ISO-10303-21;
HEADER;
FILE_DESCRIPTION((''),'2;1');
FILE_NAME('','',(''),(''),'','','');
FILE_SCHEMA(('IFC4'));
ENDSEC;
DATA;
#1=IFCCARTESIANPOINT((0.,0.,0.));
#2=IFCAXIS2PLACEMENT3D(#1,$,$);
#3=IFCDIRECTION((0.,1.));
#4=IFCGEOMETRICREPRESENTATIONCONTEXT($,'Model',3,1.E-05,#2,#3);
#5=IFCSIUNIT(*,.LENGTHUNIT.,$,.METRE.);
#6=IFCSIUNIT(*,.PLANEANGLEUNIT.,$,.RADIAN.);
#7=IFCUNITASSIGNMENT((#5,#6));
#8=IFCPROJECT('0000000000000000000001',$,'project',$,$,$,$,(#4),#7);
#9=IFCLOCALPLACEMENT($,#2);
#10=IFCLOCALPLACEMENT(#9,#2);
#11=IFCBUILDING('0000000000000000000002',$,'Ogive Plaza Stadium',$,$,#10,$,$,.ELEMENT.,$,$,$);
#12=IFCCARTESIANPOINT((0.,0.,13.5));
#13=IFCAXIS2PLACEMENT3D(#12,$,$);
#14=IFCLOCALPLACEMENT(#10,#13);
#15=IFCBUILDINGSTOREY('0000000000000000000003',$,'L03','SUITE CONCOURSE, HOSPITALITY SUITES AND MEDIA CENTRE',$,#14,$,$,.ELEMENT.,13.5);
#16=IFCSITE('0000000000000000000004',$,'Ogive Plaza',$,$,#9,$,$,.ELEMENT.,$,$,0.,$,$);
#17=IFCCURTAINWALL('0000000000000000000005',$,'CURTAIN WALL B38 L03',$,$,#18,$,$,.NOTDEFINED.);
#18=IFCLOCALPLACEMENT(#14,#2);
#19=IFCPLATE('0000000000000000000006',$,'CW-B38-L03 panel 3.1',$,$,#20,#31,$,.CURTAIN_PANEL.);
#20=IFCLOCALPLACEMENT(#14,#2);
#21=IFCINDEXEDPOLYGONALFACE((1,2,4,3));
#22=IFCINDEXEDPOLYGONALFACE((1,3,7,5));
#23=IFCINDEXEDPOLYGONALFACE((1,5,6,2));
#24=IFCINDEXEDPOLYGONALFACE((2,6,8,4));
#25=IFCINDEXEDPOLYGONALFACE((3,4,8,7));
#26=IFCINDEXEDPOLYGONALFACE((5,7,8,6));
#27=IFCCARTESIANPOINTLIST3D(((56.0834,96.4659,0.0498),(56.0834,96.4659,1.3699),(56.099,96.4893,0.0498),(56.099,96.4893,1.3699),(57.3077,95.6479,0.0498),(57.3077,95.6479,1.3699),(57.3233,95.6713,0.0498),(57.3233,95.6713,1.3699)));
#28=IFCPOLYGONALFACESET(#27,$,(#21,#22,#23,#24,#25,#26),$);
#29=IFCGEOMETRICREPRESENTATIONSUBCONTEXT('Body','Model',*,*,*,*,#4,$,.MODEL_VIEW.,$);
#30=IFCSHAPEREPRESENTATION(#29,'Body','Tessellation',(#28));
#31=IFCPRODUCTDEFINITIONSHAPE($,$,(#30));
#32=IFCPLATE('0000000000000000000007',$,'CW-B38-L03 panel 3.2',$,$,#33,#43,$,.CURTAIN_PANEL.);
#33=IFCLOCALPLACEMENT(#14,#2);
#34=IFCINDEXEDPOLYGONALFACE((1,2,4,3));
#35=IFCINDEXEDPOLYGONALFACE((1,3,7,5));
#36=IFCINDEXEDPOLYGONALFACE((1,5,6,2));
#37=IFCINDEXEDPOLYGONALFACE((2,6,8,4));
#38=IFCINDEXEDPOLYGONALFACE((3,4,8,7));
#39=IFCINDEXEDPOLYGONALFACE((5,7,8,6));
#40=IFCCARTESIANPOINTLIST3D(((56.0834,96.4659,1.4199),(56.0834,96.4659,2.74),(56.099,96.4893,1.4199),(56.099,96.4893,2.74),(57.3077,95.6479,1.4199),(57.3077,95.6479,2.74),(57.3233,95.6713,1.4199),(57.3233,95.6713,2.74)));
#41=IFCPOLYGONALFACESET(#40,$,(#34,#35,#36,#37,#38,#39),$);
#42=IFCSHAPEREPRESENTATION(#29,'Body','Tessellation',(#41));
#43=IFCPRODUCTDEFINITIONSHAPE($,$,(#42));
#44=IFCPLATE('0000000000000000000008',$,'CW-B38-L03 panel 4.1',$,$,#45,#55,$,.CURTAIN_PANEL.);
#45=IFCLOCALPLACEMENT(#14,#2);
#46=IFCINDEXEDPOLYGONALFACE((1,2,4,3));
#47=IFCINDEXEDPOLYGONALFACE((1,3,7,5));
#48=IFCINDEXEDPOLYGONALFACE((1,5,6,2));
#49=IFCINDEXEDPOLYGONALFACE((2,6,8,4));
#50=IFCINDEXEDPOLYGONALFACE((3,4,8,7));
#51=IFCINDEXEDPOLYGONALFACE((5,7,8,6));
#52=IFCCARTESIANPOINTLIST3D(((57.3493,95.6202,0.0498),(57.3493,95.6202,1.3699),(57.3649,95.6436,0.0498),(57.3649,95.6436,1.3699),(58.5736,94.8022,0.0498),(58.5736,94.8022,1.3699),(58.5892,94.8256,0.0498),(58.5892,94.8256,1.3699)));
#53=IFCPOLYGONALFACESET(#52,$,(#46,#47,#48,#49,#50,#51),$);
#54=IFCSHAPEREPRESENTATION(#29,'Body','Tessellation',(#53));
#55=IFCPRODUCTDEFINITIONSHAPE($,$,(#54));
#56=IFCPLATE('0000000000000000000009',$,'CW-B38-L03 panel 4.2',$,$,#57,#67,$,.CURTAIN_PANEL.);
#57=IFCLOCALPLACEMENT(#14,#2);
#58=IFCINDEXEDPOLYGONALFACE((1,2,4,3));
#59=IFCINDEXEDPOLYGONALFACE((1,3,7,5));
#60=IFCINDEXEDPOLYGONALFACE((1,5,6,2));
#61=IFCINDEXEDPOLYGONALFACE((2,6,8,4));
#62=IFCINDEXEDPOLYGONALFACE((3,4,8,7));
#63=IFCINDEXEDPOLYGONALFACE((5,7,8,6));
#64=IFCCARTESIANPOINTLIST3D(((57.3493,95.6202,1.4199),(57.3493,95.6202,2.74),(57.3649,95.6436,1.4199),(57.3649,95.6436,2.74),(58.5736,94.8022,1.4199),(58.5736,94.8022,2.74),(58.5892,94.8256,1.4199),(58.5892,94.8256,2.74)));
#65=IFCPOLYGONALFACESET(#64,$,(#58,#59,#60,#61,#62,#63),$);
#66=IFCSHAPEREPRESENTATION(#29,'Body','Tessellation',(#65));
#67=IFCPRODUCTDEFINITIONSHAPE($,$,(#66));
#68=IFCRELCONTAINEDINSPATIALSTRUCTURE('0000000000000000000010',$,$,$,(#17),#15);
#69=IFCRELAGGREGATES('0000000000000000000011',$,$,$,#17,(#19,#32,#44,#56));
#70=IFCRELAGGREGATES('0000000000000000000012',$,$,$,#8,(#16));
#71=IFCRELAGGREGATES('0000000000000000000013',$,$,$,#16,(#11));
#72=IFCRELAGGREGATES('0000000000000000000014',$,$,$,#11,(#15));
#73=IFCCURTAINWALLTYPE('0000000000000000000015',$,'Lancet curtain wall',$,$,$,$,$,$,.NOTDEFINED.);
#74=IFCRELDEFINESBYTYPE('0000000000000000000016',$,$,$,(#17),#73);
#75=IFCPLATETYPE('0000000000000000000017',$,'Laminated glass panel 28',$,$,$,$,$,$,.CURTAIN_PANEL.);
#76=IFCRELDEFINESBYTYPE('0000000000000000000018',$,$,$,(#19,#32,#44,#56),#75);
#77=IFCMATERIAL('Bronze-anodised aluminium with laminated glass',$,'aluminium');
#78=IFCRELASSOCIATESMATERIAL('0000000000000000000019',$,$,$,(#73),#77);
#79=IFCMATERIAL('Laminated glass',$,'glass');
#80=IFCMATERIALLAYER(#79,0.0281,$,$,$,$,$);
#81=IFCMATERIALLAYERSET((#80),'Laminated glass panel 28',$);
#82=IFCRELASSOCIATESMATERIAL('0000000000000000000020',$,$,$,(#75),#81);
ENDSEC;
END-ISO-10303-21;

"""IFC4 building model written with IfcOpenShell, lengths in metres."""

from ifc_helpers import new_model, si_unit, direction, frame, origin, origin_2d, place, context, subcontext, project, spatial, rectangle, extrude, material, layer, layer_set, type_object, element, aggregate, save


model = new_model("IFC4")

# Units and contexts
model_context = context("Model", 3, precision=1e-05, world=origin(), true_north=direction((0.0, 1.0)))
body_context = subcontext(model_context, "Body", "Model", "MODEL_VIEW")
ifc_project = project(units=[si_unit("LENGTHUNIT", "METRE"), si_unit("PLANEANGLEUNIT", "RADIAN")], contexts=[model_context])

# Site, building, storey
site_placement = place(None, origin())
site = spatial("IfcSite", under=ifc_project, at=site_placement, Name="Ogive Plaza", CompositionType="ELEMENT", RefElevation=0.0)
building_placement = place(site_placement, origin())
building = spatial("IfcBuilding", under=site, at=building_placement, Name="Ogive Plaza Stadium", CompositionType="ELEMENT")
storey_placement = place(building_placement, frame((0.0, 0.0, 13.5)))
storey = spatial("IfcBuildingStorey", under=building, at=storey_placement, Name="L03", Description="SUITE CONCOURSE, HOSPITALITY SUITES AND MEDIA CENTRE", CompositionType="ELEMENT", Elevation=13.5)

# Shared definitions
ifc_material_1 = material(Name="Bronze-anodised aluminium with laminated glass", Category="aluminium")
curtain_wall_type = type_object("IfcCurtainWallType", Name="Lancet curtain wall", PredefinedType="NOTDEFINED", material=ifc_material_1)

# Curtain wall
curtain_wall_1_placement = place(storey_placement, origin())
curtain_wall_1 = element("IfcCurtainWall", 1, at=curtain_wall_1_placement, inside=storey, type_object=curtain_wall_type, Name="CURTAIN WALL B38 L03", PredefinedType="NOTDEFINED")

# Plates
ifc_material_2 = material(Name="Laminated glass", Category="glass")
ifc_layer = layer(ifc_material_2, 0.0281)
ifc_layer_set = layer_set([ifc_layer], Name="Laminated glass panel 28")
plate_type = type_object("IfcPlateType", Name="Laminated glass panel 28", PredefinedType="CURTAIN_PANEL", material=ifc_layer_set)
plate_1_placement = place(storey_placement, frame((56.7034, 96.0686, 0.0498), z_axis=(0.0, 0.0, 1.0), x_axis=(0.83147, -0.55557, 0.0)))
plate_1 = element("IfcPlate", 2, at=plate_1_placement, type_object=plate_type, Name="CW-B38-L03 panel 3.1", PredefinedType="CURTAIN_PANEL", context=body_context, shape_type="SweptSolid", body=[
    extrude(rectangle(XDim=1.4724, YDim=0.0281, at=origin_2d()), origin(), (0.0, 0.0, 1.0), 1.3201),
])
plate_2_placement = place(storey_placement, frame((56.7034, 96.0686, 1.4199), z_axis=(0.0, 0.0, 1.0), x_axis=(0.83147, -0.55557, 0.0)))
plate_2 = element("IfcPlate", 3, at=plate_2_placement, type_object=plate_type, Name="CW-B38-L03 panel 3.2", PredefinedType="CURTAIN_PANEL", context=body_context, shape_type="SweptSolid", body=[
    extrude(rectangle(XDim=1.4724, YDim=0.0281, at=origin_2d()), origin(), (0.0, 0.0, 1.0), 1.3201),
])
plate_3_placement = place(storey_placement, frame((57.9692, 95.2229, 0.0498), z_axis=(0.0, 0.0, 1.0), x_axis=(0.83147, -0.55557, 0.0)))
plate_3 = element("IfcPlate", 4, at=plate_3_placement, type_object=plate_type, Name="CW-B38-L03 panel 4.1", PredefinedType="CURTAIN_PANEL", context=body_context, shape_type="SweptSolid", body=[
    extrude(rectangle(XDim=1.4724, YDim=0.0281, at=origin_2d()), origin(), (0.0, 0.0, 1.0), 1.3201),
])
plate_4_placement = place(storey_placement, frame((57.9692, 95.2229, 1.4199), z_axis=(0.0, 0.0, 1.0), x_axis=(0.83147, -0.55557, 0.0)))
plate_4 = element("IfcPlate", 5, at=plate_4_placement, type_object=plate_type, Name="CW-B38-L03 panel 4.2", PredefinedType="CURTAIN_PANEL", context=body_context, shape_type="SweptSolid", body=[
    extrude(rectangle(XDim=1.4724, YDim=0.0281, at=origin_2d()), origin(), (0.0, 0.0, 1.0), 1.3201),
])
aggregate(curtain_wall_1, [plate_1, plate_2, plate_3, plate_4])

save(model, "model.ifc")
